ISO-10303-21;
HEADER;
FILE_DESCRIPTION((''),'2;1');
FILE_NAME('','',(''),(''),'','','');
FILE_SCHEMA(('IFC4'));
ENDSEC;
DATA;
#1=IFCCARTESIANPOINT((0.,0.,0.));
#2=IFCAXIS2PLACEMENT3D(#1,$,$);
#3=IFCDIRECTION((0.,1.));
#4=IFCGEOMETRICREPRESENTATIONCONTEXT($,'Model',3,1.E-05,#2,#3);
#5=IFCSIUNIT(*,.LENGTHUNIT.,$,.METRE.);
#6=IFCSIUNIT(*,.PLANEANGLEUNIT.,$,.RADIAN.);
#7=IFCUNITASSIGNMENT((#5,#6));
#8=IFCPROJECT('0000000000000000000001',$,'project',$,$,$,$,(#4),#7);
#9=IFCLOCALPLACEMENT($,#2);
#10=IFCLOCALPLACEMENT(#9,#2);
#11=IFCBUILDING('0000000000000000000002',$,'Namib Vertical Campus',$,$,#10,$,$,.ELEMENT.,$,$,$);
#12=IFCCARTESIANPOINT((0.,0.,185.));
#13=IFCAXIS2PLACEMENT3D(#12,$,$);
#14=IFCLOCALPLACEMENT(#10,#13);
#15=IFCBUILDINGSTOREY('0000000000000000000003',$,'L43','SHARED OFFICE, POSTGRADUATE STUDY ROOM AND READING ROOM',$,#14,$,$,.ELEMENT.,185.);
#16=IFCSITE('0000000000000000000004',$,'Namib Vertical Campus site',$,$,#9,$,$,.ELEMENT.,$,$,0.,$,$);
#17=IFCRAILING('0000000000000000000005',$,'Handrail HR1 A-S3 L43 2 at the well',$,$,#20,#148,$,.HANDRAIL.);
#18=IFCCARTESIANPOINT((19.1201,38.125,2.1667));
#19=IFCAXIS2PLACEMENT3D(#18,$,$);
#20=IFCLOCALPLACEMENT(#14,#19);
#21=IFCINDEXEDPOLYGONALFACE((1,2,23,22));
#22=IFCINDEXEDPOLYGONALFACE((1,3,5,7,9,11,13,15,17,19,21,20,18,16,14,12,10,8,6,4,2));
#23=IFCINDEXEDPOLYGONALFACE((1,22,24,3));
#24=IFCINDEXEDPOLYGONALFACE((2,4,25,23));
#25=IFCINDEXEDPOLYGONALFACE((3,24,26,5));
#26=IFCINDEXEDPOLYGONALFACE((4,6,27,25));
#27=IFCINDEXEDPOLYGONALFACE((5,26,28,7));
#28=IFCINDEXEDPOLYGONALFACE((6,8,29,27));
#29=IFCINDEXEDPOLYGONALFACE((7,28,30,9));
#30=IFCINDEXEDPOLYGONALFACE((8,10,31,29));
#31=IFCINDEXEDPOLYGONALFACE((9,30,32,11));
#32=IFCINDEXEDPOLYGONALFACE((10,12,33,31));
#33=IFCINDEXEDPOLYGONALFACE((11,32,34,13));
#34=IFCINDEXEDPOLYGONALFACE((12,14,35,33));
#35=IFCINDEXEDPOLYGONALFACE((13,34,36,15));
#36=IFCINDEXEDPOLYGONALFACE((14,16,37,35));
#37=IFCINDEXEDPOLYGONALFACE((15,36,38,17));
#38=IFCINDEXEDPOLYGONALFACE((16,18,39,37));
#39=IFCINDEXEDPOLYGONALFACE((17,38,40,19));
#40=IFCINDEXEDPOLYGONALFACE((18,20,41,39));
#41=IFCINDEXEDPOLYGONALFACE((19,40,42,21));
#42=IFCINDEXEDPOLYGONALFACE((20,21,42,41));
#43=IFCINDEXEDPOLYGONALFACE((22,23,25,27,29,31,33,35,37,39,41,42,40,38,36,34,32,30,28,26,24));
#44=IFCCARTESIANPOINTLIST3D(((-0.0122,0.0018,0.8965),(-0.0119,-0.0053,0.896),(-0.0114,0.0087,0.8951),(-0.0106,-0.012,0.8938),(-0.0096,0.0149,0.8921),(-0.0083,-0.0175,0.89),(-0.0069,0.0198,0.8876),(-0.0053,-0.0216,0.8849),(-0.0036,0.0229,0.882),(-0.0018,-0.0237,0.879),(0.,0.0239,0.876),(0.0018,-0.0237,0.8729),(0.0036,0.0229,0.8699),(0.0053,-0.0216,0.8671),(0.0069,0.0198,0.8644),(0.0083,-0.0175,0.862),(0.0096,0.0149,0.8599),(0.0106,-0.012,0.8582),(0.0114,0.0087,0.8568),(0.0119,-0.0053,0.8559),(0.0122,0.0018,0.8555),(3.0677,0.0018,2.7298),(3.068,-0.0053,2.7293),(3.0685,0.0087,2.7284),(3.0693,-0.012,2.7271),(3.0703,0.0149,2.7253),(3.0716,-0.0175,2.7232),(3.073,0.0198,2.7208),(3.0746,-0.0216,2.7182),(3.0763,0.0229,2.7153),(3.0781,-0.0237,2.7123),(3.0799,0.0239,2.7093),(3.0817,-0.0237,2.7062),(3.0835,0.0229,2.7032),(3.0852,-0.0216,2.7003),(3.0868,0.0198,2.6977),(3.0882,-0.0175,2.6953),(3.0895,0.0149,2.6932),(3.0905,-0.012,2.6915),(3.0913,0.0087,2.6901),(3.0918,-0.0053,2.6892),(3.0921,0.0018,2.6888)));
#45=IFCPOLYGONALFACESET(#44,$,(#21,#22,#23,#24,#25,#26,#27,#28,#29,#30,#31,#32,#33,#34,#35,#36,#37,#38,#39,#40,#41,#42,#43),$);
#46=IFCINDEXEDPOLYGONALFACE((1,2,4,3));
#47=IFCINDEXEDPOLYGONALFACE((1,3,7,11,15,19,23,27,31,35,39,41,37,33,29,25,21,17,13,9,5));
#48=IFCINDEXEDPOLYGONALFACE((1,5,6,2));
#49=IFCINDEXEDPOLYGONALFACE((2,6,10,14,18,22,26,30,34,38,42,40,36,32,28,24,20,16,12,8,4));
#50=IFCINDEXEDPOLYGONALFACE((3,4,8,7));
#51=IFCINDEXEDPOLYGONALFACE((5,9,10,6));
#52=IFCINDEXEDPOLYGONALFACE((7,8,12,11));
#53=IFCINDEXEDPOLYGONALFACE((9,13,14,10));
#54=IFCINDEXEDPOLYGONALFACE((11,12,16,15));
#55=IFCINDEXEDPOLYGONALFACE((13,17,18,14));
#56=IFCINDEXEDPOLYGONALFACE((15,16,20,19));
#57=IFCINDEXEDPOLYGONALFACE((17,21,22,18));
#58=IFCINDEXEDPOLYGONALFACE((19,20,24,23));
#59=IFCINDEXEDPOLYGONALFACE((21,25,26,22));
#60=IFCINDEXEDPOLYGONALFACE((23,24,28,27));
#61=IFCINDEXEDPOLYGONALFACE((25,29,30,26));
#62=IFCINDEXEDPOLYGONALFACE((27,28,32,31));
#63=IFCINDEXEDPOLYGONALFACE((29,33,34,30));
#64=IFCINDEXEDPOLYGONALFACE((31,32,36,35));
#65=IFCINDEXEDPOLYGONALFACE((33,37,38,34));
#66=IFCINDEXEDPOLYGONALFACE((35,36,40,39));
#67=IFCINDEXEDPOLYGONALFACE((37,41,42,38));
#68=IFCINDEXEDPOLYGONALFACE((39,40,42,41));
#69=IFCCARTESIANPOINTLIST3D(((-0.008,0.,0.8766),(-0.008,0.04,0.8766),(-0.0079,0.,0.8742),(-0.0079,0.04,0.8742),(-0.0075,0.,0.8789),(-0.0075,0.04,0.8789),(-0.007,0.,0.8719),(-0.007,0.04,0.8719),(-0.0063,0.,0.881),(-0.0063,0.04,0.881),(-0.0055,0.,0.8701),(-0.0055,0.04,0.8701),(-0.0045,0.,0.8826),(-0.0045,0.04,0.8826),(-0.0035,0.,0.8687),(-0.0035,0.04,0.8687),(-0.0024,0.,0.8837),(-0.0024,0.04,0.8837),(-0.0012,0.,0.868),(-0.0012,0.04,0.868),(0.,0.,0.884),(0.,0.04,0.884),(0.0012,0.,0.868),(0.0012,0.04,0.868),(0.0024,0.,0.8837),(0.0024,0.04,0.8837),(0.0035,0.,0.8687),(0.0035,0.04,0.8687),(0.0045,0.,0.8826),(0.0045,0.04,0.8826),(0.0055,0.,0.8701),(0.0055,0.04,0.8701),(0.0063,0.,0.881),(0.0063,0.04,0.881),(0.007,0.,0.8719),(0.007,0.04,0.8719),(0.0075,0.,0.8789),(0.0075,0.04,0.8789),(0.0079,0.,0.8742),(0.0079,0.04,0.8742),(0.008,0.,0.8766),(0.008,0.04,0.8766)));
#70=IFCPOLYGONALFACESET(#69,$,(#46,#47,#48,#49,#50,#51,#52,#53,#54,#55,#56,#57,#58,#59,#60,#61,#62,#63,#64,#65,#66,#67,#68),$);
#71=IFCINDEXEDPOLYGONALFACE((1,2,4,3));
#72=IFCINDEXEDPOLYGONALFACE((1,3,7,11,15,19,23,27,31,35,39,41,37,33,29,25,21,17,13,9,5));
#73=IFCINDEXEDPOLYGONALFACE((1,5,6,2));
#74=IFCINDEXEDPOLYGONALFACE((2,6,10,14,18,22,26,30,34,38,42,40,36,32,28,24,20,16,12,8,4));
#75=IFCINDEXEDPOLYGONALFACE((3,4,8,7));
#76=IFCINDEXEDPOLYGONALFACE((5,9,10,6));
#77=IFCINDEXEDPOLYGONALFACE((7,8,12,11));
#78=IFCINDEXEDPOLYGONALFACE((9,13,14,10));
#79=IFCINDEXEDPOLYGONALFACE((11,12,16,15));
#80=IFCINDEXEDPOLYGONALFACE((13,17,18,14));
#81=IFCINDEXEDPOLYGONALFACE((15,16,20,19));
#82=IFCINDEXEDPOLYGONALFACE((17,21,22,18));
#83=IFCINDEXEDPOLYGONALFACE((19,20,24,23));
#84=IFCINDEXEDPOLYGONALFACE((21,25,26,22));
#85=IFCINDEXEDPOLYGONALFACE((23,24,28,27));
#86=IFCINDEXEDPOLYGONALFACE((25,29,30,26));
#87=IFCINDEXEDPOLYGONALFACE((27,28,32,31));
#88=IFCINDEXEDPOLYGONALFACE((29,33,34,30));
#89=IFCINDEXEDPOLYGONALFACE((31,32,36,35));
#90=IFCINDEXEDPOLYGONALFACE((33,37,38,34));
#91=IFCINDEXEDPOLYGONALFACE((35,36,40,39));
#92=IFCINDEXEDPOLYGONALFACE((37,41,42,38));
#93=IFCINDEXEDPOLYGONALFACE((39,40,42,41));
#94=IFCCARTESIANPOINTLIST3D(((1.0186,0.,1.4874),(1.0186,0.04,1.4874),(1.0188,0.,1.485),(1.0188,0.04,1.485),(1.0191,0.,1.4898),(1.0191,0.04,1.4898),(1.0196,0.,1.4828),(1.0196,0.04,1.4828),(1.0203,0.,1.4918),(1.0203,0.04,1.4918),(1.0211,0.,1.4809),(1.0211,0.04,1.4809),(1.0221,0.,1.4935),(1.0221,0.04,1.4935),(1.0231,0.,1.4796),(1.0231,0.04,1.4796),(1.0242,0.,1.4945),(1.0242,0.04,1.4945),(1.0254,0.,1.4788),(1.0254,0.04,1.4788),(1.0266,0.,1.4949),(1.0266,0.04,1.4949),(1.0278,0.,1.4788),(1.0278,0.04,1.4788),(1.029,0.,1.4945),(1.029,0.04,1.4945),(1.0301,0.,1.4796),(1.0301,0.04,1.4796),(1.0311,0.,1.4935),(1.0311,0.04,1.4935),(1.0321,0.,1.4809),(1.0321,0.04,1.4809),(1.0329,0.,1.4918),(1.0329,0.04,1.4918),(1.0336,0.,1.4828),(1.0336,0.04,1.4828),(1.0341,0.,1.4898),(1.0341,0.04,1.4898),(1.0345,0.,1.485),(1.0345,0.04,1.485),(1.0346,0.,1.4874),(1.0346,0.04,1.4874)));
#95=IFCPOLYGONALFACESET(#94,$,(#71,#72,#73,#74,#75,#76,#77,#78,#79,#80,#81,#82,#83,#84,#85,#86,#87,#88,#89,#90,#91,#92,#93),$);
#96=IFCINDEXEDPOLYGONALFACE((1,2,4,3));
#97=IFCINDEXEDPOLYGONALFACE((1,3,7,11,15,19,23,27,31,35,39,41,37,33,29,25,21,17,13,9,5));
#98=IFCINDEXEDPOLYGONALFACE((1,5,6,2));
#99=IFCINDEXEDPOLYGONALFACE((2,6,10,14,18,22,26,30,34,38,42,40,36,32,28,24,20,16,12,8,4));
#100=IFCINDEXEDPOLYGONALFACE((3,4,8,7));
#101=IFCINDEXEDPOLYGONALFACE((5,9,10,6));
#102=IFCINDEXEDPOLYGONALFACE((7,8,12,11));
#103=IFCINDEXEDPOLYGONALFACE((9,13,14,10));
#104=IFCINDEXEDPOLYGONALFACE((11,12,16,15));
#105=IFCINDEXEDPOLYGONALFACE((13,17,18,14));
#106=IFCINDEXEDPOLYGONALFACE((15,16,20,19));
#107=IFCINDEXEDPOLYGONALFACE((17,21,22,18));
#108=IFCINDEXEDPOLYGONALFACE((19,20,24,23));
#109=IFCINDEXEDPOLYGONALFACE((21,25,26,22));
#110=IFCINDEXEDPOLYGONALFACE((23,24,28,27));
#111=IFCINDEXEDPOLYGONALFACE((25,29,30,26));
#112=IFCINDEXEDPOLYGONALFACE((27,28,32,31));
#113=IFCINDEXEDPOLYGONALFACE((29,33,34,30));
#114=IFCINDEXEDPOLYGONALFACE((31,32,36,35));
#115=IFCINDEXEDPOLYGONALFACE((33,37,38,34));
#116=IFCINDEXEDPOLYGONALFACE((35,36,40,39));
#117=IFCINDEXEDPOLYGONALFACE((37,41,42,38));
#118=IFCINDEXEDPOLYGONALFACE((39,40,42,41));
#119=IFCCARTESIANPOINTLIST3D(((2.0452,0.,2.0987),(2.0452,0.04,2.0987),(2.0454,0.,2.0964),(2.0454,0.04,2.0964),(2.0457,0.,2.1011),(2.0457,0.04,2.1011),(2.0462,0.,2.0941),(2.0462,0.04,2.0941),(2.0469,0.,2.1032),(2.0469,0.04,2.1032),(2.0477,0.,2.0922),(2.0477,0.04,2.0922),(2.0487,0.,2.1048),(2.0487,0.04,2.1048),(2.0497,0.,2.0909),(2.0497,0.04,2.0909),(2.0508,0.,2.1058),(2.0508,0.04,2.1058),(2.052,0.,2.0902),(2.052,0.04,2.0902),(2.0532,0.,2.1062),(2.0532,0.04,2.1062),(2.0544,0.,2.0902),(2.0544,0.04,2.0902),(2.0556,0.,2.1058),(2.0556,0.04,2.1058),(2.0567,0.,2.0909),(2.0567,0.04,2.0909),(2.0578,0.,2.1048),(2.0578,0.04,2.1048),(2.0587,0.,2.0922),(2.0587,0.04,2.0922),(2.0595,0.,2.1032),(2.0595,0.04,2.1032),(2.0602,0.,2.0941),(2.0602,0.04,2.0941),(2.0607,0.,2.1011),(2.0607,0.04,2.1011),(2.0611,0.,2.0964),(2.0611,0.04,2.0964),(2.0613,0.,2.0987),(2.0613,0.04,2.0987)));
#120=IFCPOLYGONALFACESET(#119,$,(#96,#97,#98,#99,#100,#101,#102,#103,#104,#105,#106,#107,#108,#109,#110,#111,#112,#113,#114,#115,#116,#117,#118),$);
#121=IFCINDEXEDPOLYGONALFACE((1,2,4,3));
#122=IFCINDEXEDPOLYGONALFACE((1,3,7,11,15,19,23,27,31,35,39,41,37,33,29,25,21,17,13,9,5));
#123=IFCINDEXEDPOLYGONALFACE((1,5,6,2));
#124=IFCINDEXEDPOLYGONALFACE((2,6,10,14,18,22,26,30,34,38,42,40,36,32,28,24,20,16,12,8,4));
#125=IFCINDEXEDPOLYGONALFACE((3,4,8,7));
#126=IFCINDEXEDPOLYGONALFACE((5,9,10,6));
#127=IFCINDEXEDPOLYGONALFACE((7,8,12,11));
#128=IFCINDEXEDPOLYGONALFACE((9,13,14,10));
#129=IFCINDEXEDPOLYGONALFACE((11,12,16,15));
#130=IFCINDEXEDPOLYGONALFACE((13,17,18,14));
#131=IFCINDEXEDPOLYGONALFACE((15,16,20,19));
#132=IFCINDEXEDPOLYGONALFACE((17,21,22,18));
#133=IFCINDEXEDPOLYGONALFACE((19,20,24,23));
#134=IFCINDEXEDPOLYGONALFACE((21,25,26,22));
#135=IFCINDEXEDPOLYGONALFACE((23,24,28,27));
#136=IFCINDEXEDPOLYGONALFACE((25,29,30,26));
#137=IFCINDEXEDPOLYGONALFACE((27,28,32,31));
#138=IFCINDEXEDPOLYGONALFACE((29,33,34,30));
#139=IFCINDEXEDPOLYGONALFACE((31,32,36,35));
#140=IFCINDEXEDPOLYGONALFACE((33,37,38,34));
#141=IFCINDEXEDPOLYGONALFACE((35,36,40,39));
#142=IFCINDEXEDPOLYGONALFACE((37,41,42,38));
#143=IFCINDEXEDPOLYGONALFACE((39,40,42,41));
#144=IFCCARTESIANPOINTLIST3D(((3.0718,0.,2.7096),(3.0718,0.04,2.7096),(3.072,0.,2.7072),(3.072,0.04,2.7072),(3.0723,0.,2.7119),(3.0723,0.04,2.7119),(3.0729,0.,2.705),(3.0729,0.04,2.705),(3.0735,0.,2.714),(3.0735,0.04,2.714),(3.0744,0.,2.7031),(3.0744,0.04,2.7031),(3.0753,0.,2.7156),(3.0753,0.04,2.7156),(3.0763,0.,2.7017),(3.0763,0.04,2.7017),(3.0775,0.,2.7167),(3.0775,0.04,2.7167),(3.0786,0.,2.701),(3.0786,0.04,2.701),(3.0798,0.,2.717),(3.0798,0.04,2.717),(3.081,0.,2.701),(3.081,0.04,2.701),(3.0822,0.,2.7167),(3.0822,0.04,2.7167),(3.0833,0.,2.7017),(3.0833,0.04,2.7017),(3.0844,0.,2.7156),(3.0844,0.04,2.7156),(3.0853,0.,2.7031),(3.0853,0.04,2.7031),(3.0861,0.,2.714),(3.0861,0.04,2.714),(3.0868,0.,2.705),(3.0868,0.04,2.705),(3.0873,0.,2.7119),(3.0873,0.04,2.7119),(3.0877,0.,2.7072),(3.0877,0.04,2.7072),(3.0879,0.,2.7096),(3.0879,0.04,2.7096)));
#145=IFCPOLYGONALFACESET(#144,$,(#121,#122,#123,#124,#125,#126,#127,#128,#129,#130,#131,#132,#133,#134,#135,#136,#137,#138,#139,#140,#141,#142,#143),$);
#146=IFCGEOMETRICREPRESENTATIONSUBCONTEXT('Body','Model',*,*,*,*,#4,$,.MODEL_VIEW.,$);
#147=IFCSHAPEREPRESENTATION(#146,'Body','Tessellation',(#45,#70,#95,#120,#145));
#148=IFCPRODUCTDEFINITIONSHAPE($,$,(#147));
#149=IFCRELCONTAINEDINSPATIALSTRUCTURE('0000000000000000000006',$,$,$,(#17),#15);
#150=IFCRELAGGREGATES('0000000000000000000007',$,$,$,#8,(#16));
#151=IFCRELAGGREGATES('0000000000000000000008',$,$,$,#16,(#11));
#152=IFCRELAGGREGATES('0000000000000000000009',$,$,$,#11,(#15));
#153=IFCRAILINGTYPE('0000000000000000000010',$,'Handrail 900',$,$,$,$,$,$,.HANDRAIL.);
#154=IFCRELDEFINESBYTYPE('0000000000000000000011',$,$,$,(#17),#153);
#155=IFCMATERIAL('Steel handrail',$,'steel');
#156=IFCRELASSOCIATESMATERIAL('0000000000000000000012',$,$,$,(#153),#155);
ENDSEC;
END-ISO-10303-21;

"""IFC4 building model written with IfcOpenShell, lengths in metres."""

from ifc_helpers import new_model, si_unit, direction, frame, origin, origin_2d, place, context, subcontext, project, spatial, circle, extrude, material, type_object, element, save


model = new_model("IFC4")

# Units and contexts
model_context = context("Model", 3, precision=1e-05, world=origin(), true_north=direction((0.0, 1.0)))
body_context = subcontext(model_context, "Body", "Model", "MODEL_VIEW")
ifc_project = project(units=[si_unit("LENGTHUNIT", "METRE"), si_unit("PLANEANGLEUNIT", "RADIAN")], contexts=[model_context])

# Site, building, storey
site_placement = place(None, origin())
site = spatial("IfcSite", under=ifc_project, at=site_placement, Name="Namib Vertical Campus site", CompositionType="ELEMENT", RefElevation=0.0)
building_placement = place(site_placement, origin())
building = spatial("IfcBuilding", under=site, at=building_placement, Name="Namib Vertical Campus", CompositionType="ELEMENT")
storey_placement = place(building_placement, frame((0.0, 0.0, 185.0)))
storey = spatial("IfcBuildingStorey", under=building, at=storey_placement, Name="L43", Description="SHARED OFFICE, POSTGRADUATE STUDY ROOM AND READING ROOM", CompositionType="ELEMENT", Elevation=185.0)

# Railing
ifc_material_1 = material(Name="Steel handrail", Category="steel")
railing_type_1 = type_object("IfcRailingType", Name="Handrail 900", PredefinedType="HANDRAIL", material=ifc_material_1)
railing_1_placement = place(storey_placement, frame((19.1201, 38.125, 2.1667)))
element("IfcRailing", 1, at=railing_1_placement, inside=storey, type_object=railing_type_1, Name="Handrail HR1 A-S3 L43 2 at the well", PredefinedType="HANDRAIL", context=body_context, shape_type="SweptSolid", body=[
    extrude(circle(Radius=0.0239, at=origin_2d()), frame((0.0, 0.0, 0.876), z_axis=(0.859291, 0.0, 0.511487), x_axis=(0.0, 1.0, 0.0)), (0.0, 0.0, 1.0), 3.5842),
    extrude(circle(Radius=0.0081, at=origin_2d()), frame((0.0, 0.0, 0.876), z_axis=(0.0, 1.0, 0.0), x_axis=(0.0, 0.0, 1.0)), (0.0, 0.0, 1.0), 0.04),
    extrude(circle(Radius=0.0081, at=origin_2d()), frame((1.0266, 0.0, 1.4868), z_axis=(0.0, 1.0, 0.0), x_axis=(0.0, 0.0, 1.0)), (0.0, 0.0, 1.0), 0.04),
    extrude(circle(Radius=0.0081, at=origin_2d()), frame((2.0532, 0.0, 2.0981), z_axis=(0.0, 1.0, 0.0), x_axis=(0.0, 0.0, 1.0)), (0.0, 0.0, 1.0), 0.04),
    extrude(circle(Radius=0.0081, at=origin_2d()), frame((3.0798, 0.0, 2.709), z_axis=(0.0, 1.0, 0.0), x_axis=(0.0, 0.0, 1.0)), (0.0, 0.0, 1.0), 0.04),
])

save(model, "model.ifc")
